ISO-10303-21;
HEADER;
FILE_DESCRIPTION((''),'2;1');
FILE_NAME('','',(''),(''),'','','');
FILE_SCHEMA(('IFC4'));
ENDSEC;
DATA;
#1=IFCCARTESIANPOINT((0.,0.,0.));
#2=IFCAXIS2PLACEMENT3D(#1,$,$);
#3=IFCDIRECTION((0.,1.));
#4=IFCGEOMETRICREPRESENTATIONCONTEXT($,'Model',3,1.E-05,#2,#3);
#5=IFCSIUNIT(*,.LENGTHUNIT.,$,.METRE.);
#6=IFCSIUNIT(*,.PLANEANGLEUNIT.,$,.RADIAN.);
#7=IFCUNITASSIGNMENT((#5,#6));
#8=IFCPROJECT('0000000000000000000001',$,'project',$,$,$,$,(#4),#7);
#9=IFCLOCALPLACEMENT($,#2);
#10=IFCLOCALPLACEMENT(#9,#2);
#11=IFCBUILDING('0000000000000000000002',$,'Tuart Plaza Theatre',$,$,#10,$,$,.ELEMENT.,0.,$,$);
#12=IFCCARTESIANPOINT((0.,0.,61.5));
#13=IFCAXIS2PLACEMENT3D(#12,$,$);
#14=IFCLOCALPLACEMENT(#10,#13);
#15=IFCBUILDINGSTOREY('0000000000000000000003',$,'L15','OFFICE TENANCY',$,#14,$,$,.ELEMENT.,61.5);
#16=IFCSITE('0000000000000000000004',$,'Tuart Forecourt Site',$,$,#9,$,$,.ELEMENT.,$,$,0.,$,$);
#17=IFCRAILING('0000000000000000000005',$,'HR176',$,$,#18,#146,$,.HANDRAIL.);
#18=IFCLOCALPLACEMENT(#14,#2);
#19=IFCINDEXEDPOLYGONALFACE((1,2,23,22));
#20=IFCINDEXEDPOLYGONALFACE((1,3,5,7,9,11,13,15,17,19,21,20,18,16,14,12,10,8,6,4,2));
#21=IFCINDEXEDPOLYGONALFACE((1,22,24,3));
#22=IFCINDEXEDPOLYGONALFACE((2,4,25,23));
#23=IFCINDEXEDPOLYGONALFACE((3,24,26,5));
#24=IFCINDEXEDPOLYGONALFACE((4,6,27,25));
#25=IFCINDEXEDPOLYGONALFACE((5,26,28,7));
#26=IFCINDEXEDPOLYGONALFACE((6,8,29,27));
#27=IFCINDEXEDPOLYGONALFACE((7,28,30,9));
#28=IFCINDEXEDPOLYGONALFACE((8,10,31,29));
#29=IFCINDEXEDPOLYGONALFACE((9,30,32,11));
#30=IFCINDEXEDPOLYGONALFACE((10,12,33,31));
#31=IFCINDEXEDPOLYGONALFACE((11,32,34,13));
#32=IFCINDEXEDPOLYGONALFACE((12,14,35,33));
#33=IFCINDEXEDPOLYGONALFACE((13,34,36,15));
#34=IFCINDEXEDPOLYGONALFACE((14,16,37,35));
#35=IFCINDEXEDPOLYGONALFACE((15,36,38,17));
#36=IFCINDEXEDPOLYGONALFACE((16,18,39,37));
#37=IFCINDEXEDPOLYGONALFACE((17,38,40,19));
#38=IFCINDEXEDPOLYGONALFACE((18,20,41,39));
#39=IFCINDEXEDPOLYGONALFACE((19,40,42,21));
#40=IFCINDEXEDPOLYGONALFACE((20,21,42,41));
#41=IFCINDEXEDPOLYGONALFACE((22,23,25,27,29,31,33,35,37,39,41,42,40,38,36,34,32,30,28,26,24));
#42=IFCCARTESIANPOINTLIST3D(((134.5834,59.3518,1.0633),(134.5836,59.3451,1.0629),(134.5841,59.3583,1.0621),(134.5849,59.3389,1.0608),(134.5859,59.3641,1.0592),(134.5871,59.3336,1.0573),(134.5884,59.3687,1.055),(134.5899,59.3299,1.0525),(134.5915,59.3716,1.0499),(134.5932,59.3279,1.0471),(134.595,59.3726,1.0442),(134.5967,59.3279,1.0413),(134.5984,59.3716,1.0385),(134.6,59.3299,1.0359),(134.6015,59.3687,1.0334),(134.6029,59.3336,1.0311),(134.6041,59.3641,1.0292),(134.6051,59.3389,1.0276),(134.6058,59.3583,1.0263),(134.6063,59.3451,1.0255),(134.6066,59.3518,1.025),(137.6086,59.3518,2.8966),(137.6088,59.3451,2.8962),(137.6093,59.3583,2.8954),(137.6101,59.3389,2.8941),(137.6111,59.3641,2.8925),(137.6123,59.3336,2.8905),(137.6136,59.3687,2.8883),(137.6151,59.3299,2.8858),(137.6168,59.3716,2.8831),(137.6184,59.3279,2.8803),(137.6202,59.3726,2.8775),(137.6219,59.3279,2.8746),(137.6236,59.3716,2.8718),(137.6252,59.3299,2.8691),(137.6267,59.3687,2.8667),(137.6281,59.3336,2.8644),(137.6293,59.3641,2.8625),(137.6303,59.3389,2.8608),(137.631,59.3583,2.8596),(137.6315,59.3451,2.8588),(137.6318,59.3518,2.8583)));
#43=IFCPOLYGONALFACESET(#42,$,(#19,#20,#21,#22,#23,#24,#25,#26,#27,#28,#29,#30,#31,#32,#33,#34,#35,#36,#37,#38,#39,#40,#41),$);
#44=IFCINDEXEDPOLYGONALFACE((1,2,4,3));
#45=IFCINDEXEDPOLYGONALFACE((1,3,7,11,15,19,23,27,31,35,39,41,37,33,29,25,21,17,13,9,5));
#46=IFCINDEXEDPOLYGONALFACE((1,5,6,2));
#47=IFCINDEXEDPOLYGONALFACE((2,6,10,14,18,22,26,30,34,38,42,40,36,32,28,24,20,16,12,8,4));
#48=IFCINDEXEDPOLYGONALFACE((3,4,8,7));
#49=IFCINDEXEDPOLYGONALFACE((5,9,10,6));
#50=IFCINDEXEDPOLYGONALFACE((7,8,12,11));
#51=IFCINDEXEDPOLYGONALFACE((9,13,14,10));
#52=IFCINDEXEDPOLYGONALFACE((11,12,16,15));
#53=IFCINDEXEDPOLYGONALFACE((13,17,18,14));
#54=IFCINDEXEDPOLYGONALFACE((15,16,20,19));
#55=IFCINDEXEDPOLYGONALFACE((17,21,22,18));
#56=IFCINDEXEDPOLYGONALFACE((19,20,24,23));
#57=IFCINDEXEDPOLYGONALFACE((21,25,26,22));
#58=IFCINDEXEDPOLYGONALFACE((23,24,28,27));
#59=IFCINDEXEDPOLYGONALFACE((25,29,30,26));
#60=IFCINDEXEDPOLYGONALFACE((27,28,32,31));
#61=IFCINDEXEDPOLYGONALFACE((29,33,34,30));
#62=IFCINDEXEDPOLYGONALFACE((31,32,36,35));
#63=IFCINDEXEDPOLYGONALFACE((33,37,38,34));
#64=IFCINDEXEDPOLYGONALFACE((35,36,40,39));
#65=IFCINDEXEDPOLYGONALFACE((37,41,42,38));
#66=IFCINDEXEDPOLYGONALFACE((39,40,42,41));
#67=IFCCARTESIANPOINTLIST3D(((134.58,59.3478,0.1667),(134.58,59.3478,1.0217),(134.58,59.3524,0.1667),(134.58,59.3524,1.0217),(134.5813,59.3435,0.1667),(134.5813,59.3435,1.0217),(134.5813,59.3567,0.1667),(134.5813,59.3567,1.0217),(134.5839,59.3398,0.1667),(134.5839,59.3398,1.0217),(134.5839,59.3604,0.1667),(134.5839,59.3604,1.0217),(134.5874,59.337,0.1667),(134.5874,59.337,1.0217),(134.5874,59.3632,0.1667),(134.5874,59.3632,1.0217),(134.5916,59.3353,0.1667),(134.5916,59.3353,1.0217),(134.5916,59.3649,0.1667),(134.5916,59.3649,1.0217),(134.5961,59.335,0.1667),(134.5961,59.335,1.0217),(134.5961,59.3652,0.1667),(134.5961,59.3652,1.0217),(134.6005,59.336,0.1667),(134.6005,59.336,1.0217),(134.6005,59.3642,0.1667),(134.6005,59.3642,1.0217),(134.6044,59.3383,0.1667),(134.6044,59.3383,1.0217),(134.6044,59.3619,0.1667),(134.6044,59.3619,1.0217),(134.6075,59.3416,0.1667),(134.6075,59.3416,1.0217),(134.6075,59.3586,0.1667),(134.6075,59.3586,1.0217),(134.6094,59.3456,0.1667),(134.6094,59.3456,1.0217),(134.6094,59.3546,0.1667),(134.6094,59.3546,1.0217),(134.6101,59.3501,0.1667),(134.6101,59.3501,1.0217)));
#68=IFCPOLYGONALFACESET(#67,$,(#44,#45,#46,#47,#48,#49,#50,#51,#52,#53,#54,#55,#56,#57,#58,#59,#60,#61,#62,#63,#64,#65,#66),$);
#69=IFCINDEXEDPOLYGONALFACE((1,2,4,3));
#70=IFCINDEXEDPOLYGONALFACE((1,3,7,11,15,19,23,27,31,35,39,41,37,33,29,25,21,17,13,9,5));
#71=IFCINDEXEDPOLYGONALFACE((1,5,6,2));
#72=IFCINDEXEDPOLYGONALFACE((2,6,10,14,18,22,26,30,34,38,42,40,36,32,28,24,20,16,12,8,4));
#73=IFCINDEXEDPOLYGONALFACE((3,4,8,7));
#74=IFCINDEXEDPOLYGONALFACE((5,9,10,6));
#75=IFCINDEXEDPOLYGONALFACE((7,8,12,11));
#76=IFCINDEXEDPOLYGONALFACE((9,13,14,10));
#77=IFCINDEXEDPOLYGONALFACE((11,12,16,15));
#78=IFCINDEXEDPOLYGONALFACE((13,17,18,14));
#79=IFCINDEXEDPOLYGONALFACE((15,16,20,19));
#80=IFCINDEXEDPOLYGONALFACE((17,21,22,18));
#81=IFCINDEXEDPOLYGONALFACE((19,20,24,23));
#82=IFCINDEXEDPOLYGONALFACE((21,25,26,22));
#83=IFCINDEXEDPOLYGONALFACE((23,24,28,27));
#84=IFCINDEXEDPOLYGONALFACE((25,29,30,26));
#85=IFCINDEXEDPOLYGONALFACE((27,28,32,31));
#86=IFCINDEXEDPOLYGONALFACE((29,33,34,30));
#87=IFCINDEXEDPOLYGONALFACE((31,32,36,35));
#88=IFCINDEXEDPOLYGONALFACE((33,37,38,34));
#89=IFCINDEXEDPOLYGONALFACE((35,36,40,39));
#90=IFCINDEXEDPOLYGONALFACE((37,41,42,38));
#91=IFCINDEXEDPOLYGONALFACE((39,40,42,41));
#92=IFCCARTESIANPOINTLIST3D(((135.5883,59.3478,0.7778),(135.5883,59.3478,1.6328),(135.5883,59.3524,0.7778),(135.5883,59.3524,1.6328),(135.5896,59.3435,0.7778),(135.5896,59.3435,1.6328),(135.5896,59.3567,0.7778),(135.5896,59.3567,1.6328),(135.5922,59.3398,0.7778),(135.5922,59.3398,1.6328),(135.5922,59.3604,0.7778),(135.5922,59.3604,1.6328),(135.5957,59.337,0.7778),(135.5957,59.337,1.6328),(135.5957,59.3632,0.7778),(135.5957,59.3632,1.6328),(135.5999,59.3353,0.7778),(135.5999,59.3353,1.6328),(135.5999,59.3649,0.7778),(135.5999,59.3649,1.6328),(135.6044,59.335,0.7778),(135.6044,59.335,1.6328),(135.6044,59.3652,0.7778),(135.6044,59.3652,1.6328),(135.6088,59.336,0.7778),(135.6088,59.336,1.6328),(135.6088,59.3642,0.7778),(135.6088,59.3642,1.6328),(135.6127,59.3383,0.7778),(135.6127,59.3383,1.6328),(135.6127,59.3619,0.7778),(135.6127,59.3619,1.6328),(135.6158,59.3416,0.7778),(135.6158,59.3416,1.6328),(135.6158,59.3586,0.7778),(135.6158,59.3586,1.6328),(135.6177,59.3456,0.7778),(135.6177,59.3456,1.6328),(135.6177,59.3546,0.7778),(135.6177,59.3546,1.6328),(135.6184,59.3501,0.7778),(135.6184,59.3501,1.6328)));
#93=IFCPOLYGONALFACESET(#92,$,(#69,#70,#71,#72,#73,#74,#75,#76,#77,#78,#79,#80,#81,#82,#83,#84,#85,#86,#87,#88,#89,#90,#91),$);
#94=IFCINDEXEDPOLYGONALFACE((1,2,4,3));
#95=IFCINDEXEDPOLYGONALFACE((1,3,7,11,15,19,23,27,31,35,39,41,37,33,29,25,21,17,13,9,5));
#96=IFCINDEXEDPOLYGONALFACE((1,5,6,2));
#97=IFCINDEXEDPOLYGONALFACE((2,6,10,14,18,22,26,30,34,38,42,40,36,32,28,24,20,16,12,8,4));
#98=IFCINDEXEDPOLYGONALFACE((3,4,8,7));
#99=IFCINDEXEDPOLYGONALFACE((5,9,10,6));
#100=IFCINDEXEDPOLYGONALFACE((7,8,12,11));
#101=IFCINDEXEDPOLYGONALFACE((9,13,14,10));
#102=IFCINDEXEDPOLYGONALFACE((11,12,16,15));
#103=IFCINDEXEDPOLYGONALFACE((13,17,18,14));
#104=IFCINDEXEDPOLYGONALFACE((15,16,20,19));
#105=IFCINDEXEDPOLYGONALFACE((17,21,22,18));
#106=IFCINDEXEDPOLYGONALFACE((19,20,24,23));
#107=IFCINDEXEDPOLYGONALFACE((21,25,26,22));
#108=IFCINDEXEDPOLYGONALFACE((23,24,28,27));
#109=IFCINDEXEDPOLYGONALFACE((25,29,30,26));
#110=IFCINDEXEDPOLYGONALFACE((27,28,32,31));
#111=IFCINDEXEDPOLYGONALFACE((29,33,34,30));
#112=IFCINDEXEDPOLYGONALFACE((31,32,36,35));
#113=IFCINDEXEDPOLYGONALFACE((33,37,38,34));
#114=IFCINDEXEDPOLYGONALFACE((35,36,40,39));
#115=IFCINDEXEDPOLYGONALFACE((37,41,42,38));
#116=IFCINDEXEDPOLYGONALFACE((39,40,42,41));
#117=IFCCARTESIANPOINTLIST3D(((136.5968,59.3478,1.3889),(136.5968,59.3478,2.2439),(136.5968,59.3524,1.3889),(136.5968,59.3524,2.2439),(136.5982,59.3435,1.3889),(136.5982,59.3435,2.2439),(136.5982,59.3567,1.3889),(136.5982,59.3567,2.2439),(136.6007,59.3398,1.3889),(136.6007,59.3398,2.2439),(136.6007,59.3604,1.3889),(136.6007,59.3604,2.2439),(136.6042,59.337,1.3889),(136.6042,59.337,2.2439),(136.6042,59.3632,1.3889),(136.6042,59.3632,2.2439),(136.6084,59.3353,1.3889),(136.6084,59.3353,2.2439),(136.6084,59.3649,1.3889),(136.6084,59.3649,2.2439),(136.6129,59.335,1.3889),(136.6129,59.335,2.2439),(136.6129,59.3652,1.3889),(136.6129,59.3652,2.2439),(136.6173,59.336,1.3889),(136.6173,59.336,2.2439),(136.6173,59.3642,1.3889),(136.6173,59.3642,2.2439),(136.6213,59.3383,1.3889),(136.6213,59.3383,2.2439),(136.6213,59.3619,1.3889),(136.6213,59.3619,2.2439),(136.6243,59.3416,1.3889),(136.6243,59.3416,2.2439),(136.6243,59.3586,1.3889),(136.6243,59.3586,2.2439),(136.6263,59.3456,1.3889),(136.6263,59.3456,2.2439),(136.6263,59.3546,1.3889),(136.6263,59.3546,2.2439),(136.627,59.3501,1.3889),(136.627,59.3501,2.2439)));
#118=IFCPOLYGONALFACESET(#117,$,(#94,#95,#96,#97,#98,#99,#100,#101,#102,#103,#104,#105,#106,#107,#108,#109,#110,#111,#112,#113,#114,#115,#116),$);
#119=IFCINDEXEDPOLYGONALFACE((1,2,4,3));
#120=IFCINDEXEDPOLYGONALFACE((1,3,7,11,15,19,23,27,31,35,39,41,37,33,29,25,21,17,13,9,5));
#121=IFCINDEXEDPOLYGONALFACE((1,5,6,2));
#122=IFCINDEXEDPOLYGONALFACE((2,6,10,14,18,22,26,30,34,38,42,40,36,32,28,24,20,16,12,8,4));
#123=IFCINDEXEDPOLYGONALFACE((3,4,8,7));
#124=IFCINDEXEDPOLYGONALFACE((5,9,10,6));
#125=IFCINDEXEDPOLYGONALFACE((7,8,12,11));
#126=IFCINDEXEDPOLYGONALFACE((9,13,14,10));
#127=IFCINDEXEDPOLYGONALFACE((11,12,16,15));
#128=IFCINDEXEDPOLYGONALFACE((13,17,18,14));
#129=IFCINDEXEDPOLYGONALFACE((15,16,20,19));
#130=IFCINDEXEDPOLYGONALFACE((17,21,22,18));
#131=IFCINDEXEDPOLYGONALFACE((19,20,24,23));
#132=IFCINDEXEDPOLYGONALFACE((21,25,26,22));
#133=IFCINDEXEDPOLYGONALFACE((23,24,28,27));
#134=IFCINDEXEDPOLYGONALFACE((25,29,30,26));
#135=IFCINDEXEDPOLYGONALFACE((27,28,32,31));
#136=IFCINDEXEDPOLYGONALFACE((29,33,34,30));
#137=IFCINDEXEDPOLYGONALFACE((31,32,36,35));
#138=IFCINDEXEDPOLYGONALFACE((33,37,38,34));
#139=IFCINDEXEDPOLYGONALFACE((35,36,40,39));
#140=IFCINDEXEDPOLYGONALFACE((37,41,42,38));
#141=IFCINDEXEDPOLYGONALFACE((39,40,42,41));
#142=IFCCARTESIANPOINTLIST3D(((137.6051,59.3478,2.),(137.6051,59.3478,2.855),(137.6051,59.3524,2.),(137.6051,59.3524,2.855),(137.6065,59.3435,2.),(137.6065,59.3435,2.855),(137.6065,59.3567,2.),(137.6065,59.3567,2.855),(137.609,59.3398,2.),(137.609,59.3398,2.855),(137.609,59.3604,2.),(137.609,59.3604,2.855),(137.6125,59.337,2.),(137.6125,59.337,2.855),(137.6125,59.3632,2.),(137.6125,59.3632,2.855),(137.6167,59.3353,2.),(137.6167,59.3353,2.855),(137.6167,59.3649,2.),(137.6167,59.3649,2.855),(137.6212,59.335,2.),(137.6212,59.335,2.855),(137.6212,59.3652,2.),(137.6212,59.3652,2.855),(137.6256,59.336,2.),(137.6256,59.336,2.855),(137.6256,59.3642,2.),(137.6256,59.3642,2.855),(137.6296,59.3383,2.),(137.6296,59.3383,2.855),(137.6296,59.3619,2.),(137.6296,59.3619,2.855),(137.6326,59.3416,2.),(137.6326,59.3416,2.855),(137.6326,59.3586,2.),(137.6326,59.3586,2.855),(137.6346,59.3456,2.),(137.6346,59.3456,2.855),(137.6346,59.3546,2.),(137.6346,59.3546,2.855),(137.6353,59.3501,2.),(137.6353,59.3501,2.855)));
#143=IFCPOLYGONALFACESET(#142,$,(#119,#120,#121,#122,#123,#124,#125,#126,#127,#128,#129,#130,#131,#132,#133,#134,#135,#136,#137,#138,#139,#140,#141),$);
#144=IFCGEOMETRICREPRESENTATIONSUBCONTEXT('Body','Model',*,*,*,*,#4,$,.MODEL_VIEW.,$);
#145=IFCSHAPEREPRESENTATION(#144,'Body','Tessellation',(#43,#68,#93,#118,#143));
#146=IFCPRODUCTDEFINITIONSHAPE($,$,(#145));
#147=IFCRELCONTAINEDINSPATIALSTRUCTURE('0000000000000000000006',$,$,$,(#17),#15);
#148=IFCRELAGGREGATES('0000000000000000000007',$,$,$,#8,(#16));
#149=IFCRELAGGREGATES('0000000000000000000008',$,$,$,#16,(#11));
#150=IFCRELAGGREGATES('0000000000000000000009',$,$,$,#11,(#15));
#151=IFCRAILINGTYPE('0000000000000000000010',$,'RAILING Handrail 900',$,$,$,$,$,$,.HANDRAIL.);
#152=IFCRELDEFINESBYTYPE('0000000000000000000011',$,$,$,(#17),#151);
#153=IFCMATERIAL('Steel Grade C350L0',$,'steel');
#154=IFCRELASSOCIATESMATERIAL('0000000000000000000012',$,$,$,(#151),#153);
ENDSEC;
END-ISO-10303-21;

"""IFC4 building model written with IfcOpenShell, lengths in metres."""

from ifc_helpers import new_model, si_unit, direction, frame, origin, origin_2d, place, context, subcontext, project, spatial, circle, extrude, material, type_object, element, save


model = new_model("IFC4")

# Units and contexts
model_context = context("Model", 3, precision=1e-05, world=origin(), true_north=direction((0.0, 1.0)))
body_context = subcontext(model_context, "Body", "Model", "MODEL_VIEW")
ifc_project = project(units=[si_unit("LENGTHUNIT", "METRE"), si_unit("PLANEANGLEUNIT", "RADIAN")], contexts=[model_context])

# Site, building, storey
site_placement = place(None, origin())
site = spatial("IfcSite", under=ifc_project, at=site_placement, Name="Tuart Forecourt Site", CompositionType="ELEMENT", RefElevation=0.0)
building_placement = place(site_placement, origin())
building = spatial("IfcBuilding", under=site, at=building_placement, Name="Tuart Plaza Theatre", CompositionType="ELEMENT", ElevationOfRefHeight=0.0)
storey_placement = place(building_placement, frame((0.0, 0.0, 61.5)))
storey = spatial("IfcBuildingStorey", under=building, at=storey_placement, Name="L15", Description="OFFICE TENANCY", CompositionType="ELEMENT", Elevation=61.5)

# Railing
ifc_material_1 = material(Name="Steel Grade C350L0", Category="steel")
railing_type_1 = type_object("IfcRailingType", Name="RAILING Handrail 900", PredefinedType="HANDRAIL", material=ifc_material_1)
for number, where, name in (
    (1, (134.595, 59.3501, 0.1667), "HR176"),
):
    element("IfcRailing", number, at=place(storey_placement, frame(where)), inside=storey, type_object=railing_type_1, Name=name, PredefinedType="HANDRAIL", context=body_context, shape_type="SweptSolid", body=[
        extrude(circle(Radius=0.0225, at=origin_2d()), frame((0.0, 0.0, 0.8774), z_axis=(0.855219, 0.0, 0.518267), x_axis=(0.0, 1.0, 0.0)), (0.0, 0.0, 1.0), 3.5374),
        extrude(circle(Radius=0.0151, at=origin_2d()), origin(), (0.0, 0.0, 1.0), 0.855),
        extrude(circle(Radius=0.0151, at=origin_2d()), frame((1.0083, 0.0, 0.6111)), (0.0, 0.0, 1.0), 0.855),
        extrude(circle(Radius=0.0151, at=origin_2d()), frame((2.0168, 0.0, 1.2222)), (0.0, 0.0, 1.0), 0.855),
        extrude(circle(Radius=0.0151, at=origin_2d()), frame((3.0251, 0.0, 1.8333)), (0.0, 0.0, 1.0), 0.855),
    ])

save(model, "model.ifc")
